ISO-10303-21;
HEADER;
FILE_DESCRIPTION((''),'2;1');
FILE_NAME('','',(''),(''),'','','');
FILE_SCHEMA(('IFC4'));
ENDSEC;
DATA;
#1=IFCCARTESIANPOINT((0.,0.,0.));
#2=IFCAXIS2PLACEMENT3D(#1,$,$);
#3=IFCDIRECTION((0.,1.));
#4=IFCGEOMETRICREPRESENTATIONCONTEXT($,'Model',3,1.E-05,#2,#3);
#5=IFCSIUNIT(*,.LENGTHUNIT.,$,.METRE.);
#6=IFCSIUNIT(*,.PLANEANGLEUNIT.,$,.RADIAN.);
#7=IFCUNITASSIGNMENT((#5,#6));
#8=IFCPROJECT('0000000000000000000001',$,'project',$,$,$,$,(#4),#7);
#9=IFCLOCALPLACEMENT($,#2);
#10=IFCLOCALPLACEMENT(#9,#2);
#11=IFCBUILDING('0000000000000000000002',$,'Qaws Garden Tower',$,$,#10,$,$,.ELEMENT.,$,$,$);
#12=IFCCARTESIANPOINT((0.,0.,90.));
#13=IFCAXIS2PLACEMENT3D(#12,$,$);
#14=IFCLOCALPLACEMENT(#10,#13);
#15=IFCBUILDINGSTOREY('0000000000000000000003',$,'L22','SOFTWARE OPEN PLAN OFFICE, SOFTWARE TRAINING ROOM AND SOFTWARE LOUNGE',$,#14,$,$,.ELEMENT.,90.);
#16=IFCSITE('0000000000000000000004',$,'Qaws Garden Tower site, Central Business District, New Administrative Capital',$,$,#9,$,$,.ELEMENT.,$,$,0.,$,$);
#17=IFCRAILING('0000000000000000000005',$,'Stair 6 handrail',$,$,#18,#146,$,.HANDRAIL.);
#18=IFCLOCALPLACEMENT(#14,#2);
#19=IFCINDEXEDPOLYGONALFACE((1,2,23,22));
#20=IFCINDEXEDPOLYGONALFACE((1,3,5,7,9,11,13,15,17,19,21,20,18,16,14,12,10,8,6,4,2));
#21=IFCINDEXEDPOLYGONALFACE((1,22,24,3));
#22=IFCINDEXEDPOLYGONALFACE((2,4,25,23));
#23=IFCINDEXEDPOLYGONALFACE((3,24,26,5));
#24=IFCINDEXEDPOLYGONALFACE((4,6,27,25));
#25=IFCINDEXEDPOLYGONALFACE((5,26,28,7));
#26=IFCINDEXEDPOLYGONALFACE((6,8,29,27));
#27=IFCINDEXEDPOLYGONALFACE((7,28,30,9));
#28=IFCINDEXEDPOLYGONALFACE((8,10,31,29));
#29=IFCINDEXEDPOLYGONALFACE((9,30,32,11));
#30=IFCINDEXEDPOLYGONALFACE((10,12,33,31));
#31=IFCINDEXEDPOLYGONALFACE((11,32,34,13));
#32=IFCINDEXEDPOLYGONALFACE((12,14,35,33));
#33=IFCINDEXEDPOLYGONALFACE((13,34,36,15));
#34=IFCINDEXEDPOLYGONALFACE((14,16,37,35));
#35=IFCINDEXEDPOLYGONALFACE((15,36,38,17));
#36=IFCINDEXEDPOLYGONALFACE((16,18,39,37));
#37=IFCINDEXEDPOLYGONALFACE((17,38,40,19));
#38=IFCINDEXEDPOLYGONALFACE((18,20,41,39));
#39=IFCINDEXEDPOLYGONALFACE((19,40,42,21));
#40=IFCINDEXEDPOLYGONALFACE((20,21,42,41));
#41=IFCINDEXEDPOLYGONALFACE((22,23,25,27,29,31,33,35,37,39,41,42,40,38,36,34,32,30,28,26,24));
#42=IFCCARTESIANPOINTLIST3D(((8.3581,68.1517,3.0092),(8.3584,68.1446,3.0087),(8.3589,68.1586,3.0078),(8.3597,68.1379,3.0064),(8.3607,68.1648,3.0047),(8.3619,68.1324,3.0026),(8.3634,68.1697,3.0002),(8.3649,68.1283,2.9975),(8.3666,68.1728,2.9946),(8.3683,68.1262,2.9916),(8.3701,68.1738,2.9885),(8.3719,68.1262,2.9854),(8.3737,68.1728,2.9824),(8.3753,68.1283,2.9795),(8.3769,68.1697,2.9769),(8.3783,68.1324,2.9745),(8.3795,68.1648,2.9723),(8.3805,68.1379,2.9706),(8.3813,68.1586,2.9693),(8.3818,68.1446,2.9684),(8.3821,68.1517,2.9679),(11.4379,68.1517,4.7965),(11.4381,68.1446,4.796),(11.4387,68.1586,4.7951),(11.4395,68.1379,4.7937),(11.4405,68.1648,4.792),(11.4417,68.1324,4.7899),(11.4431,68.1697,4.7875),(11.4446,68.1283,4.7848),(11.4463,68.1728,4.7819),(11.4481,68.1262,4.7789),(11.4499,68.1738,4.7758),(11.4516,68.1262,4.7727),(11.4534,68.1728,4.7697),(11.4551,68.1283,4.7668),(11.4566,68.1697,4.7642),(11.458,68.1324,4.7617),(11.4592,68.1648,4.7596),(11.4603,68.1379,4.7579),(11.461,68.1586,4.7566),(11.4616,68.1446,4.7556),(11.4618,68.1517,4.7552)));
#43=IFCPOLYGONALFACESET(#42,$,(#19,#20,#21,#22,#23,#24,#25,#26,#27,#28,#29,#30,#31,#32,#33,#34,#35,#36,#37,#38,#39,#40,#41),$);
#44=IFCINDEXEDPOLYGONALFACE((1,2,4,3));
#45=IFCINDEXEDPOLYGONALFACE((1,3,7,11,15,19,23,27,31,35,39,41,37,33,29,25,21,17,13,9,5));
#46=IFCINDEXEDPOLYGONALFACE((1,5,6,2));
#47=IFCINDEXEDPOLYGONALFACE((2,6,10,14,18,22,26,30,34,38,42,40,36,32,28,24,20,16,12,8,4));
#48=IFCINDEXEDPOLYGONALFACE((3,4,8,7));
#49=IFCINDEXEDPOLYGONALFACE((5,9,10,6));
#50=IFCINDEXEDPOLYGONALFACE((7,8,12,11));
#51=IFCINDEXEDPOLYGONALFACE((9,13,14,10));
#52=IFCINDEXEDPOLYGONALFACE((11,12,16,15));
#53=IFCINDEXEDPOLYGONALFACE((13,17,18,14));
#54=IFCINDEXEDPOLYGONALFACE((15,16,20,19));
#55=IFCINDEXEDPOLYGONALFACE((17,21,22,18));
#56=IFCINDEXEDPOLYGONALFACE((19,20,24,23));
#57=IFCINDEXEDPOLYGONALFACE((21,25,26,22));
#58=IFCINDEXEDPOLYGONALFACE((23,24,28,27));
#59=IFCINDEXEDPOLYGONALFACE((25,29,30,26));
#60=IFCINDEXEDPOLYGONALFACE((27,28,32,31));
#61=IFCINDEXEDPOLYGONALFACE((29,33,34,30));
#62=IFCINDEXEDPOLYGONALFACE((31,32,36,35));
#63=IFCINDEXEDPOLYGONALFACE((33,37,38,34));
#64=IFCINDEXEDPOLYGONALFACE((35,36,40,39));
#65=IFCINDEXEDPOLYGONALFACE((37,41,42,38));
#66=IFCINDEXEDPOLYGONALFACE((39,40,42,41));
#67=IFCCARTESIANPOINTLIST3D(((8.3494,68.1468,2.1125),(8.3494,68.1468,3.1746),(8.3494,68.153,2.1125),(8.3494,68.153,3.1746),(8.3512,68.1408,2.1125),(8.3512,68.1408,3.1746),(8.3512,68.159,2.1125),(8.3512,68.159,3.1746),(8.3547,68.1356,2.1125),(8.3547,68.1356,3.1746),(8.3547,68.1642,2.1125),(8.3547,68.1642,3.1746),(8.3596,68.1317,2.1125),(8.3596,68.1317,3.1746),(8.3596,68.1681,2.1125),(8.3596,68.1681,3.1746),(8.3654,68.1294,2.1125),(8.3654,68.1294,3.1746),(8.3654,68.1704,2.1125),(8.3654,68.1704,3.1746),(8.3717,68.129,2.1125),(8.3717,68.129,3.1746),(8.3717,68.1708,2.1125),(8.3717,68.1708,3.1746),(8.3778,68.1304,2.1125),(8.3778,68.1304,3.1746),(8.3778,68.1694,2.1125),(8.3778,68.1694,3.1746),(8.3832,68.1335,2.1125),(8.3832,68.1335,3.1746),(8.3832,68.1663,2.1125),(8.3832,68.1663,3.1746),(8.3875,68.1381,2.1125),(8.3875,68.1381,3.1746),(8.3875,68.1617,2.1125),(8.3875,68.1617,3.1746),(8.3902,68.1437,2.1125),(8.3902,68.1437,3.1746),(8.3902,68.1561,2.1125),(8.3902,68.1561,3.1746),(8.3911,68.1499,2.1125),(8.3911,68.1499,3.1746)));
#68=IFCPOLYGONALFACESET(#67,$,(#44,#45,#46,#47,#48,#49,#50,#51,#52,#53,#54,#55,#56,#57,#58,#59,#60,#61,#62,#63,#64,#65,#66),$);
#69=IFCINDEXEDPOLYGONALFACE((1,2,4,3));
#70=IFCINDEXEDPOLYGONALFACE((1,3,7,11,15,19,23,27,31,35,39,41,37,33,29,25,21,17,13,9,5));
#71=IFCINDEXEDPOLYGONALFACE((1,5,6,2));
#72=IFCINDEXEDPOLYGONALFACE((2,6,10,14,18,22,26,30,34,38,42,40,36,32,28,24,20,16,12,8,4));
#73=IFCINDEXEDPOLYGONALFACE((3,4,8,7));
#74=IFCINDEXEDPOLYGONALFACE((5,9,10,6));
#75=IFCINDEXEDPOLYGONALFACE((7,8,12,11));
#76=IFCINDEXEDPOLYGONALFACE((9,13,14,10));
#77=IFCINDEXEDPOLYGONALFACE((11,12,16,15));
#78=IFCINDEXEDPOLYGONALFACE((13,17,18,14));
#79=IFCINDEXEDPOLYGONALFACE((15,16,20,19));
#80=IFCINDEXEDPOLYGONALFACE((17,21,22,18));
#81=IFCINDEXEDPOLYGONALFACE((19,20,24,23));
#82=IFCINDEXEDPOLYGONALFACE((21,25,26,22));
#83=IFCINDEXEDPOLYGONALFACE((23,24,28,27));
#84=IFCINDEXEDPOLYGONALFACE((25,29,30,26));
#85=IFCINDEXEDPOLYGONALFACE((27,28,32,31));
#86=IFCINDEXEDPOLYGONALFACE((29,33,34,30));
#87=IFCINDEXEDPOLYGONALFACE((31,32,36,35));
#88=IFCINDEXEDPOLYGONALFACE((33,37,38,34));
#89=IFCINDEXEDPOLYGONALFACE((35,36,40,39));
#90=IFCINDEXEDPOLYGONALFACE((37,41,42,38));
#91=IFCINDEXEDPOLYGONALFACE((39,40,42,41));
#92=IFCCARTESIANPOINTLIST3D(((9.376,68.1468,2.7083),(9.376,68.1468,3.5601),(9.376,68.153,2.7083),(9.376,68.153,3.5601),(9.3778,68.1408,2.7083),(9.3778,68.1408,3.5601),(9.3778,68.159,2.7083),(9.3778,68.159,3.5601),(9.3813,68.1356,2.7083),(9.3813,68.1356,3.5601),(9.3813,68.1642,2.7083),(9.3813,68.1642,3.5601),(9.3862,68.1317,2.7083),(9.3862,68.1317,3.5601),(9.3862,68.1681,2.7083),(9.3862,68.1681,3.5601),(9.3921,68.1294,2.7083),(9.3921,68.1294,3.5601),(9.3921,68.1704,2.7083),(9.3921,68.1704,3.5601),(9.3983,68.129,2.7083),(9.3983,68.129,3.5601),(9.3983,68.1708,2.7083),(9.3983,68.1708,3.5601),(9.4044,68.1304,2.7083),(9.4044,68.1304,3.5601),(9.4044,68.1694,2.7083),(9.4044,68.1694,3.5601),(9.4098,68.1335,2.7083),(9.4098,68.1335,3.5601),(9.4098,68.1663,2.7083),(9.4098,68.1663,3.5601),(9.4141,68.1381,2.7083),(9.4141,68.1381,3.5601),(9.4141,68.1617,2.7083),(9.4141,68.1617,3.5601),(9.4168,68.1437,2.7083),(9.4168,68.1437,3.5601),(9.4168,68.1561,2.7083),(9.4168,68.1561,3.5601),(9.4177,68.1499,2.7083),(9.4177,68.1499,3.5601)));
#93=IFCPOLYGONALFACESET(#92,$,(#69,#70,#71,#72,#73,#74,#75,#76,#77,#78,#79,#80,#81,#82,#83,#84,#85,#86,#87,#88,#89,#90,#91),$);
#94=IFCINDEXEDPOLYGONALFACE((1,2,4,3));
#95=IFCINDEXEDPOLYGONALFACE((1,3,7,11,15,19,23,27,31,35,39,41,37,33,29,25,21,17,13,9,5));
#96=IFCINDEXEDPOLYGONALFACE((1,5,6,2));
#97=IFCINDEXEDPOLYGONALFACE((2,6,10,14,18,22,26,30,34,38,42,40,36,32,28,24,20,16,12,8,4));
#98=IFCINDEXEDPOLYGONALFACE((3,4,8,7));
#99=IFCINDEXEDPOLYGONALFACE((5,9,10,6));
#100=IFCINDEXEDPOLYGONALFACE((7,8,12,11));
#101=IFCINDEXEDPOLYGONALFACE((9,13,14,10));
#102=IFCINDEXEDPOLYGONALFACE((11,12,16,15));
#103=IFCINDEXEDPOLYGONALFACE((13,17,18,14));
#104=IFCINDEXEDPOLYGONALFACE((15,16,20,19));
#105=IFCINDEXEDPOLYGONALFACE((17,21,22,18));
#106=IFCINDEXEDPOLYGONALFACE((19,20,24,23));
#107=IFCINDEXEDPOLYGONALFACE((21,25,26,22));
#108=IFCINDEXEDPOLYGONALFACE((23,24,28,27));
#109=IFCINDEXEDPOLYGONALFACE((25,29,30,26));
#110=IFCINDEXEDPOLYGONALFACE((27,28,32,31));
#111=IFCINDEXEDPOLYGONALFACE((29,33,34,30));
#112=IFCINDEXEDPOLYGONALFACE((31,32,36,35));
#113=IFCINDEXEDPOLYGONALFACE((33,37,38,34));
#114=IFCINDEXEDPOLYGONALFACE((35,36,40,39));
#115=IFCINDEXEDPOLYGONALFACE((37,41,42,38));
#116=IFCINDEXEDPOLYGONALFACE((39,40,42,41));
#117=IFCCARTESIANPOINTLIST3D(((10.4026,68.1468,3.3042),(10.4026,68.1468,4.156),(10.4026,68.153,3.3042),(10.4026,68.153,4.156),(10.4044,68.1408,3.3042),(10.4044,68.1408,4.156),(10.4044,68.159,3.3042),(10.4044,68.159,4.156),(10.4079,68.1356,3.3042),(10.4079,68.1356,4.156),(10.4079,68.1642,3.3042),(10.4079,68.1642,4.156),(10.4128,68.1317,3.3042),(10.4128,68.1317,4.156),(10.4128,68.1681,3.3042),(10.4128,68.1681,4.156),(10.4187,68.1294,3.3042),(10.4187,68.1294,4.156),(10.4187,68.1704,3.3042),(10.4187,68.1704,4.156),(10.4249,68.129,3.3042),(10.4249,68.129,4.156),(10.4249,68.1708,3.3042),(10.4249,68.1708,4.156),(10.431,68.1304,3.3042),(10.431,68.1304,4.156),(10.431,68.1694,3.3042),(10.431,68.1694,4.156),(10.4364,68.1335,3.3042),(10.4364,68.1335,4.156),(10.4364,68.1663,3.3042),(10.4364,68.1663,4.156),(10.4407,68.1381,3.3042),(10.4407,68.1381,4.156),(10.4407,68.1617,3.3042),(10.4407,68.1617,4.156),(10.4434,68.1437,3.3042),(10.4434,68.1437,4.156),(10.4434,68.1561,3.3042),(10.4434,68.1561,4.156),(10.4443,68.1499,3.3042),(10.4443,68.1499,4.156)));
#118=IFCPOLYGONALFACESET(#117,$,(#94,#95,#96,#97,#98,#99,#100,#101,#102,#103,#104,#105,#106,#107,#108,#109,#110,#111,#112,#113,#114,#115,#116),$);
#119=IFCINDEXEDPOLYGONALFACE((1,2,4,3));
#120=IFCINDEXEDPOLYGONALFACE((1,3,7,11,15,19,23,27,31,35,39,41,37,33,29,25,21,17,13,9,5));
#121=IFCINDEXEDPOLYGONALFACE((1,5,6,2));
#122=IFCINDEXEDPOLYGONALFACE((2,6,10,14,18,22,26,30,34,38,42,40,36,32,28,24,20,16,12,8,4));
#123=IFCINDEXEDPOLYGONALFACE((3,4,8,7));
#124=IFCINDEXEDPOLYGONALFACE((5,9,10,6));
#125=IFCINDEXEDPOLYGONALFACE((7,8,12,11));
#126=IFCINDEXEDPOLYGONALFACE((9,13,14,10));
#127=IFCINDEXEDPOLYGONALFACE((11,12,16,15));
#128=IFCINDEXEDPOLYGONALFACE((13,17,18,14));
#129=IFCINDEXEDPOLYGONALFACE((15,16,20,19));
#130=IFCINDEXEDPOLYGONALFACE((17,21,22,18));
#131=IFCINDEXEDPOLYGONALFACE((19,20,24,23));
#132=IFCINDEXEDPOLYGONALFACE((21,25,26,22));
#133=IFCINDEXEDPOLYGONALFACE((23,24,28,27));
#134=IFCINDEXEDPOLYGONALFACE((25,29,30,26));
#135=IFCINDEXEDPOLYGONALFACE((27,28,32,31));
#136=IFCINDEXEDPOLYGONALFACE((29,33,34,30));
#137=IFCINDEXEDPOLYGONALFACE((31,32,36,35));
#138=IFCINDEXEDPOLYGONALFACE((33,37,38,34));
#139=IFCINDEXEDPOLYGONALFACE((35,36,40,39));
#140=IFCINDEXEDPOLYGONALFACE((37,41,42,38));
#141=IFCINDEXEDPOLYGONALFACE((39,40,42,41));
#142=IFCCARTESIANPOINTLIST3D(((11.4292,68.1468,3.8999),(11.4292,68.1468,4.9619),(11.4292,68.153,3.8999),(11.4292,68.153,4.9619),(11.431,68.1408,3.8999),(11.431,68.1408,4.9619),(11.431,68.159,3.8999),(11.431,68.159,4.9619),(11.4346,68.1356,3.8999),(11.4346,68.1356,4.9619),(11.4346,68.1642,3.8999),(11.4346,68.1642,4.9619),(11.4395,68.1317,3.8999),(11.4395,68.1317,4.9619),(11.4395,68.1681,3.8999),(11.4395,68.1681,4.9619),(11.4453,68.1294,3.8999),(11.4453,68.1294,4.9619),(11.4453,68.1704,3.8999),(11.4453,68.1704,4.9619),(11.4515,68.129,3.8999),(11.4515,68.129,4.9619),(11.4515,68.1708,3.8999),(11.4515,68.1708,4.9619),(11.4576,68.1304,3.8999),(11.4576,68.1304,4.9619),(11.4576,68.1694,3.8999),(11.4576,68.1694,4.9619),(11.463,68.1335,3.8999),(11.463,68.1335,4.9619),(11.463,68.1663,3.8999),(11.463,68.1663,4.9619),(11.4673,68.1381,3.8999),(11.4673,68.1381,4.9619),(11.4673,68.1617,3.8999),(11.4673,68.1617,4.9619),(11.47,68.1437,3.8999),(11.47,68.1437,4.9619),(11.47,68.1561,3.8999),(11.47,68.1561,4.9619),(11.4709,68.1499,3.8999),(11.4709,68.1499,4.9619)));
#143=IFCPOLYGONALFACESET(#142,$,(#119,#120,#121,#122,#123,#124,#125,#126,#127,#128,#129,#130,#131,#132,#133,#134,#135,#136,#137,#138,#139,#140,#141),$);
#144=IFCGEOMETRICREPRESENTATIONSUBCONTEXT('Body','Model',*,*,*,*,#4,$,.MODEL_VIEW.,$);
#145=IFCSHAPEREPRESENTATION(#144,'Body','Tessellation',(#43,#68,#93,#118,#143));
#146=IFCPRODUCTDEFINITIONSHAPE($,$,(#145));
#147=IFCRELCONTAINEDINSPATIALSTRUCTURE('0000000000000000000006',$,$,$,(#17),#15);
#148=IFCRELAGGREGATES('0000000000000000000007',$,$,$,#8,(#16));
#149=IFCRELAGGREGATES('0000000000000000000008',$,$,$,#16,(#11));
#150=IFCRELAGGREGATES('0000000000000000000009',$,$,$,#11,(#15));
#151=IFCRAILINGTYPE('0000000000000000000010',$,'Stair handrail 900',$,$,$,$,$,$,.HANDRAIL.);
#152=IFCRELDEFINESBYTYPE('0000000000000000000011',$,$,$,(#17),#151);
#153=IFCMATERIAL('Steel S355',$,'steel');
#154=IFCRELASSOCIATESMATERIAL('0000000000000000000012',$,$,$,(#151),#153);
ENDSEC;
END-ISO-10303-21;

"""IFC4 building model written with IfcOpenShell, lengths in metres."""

from ifc_helpers import new_model, si_unit, direction, frame, origin, origin_2d, place, context, subcontext, project, spatial, circle, extrude, material, type_object, element, save


model = new_model("IFC4")

# Units and contexts
model_context = context("Model", 3, precision=1e-05, world=origin(), true_north=direction((0.0, 1.0)))
body_context = subcontext(model_context, "Body", "Model", "MODEL_VIEW")
ifc_project = project(units=[si_unit("LENGTHUNIT", "METRE"), si_unit("PLANEANGLEUNIT", "RADIAN")], contexts=[model_context])

# Site, building, storey
site_placement = place(None, origin())
site = spatial("IfcSite", under=ifc_project, at=site_placement, Name="Qaws Garden Tower site, Central Business District, New Administrative Capital", CompositionType="ELEMENT", RefElevation=0.0)
building_placement = place(site_placement, origin())
building = spatial("IfcBuilding", under=site, at=building_placement, Name="Qaws Garden Tower", CompositionType="ELEMENT")
storey_placement = place(building_placement, frame((0.0, 0.0, 90.0)))
storey = spatial("IfcBuildingStorey", under=building, at=storey_placement, Name="L22", Description="SOFTWARE OPEN PLAN OFFICE, SOFTWARE TRAINING ROOM AND SOFTWARE LOUNGE", CompositionType="ELEMENT", Elevation=90.0)

# Railing
ifc_material_1 = material(Name="Steel S355", Category="steel")
railing_type = type_object("IfcRailingType", Name="Stair handrail 900", PredefinedType="HANDRAIL", material=ifc_material_1)
railing_1_placement = place(storey_placement, frame((8.3701, 68.1499, 2.1125)))
element("IfcRailing", 1, at=railing_1_placement, inside=storey, type_object=railing_type, Name="Stair 6 handrail", PredefinedType="HANDRAIL", context=body_context, shape_type="SweptSolid", body=[
    extrude(circle(Radius=0.0239, at=origin_2d()), frame((0.0, 0.0, 0.876), z_axis=(0.864903, 0.0, 0.501939), x_axis=(0.0, 1.0, 0.0)), (0.0, 0.0, 1.0), 3.5608),
    extrude(circle(Radius=0.021, at=origin_2d()), origin(), (0.0, 0.0, 1.0), 1.062),
    extrude(circle(Radius=0.021, at=origin_2d()), frame((1.0266, 0.0, 0.5957)), (0.0, 0.0, 1.0), 0.8518),
    extrude(circle(Radius=0.021, at=origin_2d()), frame((2.0532, 0.0, 1.1917)), (0.0, 0.0, 1.0), 0.8518),
    extrude(circle(Radius=0.021, at=origin_2d()), frame((3.0798, 0.0, 1.7874)), (0.0, 0.0, 1.0), 1.062),
])

save(model, "model.ifc")
